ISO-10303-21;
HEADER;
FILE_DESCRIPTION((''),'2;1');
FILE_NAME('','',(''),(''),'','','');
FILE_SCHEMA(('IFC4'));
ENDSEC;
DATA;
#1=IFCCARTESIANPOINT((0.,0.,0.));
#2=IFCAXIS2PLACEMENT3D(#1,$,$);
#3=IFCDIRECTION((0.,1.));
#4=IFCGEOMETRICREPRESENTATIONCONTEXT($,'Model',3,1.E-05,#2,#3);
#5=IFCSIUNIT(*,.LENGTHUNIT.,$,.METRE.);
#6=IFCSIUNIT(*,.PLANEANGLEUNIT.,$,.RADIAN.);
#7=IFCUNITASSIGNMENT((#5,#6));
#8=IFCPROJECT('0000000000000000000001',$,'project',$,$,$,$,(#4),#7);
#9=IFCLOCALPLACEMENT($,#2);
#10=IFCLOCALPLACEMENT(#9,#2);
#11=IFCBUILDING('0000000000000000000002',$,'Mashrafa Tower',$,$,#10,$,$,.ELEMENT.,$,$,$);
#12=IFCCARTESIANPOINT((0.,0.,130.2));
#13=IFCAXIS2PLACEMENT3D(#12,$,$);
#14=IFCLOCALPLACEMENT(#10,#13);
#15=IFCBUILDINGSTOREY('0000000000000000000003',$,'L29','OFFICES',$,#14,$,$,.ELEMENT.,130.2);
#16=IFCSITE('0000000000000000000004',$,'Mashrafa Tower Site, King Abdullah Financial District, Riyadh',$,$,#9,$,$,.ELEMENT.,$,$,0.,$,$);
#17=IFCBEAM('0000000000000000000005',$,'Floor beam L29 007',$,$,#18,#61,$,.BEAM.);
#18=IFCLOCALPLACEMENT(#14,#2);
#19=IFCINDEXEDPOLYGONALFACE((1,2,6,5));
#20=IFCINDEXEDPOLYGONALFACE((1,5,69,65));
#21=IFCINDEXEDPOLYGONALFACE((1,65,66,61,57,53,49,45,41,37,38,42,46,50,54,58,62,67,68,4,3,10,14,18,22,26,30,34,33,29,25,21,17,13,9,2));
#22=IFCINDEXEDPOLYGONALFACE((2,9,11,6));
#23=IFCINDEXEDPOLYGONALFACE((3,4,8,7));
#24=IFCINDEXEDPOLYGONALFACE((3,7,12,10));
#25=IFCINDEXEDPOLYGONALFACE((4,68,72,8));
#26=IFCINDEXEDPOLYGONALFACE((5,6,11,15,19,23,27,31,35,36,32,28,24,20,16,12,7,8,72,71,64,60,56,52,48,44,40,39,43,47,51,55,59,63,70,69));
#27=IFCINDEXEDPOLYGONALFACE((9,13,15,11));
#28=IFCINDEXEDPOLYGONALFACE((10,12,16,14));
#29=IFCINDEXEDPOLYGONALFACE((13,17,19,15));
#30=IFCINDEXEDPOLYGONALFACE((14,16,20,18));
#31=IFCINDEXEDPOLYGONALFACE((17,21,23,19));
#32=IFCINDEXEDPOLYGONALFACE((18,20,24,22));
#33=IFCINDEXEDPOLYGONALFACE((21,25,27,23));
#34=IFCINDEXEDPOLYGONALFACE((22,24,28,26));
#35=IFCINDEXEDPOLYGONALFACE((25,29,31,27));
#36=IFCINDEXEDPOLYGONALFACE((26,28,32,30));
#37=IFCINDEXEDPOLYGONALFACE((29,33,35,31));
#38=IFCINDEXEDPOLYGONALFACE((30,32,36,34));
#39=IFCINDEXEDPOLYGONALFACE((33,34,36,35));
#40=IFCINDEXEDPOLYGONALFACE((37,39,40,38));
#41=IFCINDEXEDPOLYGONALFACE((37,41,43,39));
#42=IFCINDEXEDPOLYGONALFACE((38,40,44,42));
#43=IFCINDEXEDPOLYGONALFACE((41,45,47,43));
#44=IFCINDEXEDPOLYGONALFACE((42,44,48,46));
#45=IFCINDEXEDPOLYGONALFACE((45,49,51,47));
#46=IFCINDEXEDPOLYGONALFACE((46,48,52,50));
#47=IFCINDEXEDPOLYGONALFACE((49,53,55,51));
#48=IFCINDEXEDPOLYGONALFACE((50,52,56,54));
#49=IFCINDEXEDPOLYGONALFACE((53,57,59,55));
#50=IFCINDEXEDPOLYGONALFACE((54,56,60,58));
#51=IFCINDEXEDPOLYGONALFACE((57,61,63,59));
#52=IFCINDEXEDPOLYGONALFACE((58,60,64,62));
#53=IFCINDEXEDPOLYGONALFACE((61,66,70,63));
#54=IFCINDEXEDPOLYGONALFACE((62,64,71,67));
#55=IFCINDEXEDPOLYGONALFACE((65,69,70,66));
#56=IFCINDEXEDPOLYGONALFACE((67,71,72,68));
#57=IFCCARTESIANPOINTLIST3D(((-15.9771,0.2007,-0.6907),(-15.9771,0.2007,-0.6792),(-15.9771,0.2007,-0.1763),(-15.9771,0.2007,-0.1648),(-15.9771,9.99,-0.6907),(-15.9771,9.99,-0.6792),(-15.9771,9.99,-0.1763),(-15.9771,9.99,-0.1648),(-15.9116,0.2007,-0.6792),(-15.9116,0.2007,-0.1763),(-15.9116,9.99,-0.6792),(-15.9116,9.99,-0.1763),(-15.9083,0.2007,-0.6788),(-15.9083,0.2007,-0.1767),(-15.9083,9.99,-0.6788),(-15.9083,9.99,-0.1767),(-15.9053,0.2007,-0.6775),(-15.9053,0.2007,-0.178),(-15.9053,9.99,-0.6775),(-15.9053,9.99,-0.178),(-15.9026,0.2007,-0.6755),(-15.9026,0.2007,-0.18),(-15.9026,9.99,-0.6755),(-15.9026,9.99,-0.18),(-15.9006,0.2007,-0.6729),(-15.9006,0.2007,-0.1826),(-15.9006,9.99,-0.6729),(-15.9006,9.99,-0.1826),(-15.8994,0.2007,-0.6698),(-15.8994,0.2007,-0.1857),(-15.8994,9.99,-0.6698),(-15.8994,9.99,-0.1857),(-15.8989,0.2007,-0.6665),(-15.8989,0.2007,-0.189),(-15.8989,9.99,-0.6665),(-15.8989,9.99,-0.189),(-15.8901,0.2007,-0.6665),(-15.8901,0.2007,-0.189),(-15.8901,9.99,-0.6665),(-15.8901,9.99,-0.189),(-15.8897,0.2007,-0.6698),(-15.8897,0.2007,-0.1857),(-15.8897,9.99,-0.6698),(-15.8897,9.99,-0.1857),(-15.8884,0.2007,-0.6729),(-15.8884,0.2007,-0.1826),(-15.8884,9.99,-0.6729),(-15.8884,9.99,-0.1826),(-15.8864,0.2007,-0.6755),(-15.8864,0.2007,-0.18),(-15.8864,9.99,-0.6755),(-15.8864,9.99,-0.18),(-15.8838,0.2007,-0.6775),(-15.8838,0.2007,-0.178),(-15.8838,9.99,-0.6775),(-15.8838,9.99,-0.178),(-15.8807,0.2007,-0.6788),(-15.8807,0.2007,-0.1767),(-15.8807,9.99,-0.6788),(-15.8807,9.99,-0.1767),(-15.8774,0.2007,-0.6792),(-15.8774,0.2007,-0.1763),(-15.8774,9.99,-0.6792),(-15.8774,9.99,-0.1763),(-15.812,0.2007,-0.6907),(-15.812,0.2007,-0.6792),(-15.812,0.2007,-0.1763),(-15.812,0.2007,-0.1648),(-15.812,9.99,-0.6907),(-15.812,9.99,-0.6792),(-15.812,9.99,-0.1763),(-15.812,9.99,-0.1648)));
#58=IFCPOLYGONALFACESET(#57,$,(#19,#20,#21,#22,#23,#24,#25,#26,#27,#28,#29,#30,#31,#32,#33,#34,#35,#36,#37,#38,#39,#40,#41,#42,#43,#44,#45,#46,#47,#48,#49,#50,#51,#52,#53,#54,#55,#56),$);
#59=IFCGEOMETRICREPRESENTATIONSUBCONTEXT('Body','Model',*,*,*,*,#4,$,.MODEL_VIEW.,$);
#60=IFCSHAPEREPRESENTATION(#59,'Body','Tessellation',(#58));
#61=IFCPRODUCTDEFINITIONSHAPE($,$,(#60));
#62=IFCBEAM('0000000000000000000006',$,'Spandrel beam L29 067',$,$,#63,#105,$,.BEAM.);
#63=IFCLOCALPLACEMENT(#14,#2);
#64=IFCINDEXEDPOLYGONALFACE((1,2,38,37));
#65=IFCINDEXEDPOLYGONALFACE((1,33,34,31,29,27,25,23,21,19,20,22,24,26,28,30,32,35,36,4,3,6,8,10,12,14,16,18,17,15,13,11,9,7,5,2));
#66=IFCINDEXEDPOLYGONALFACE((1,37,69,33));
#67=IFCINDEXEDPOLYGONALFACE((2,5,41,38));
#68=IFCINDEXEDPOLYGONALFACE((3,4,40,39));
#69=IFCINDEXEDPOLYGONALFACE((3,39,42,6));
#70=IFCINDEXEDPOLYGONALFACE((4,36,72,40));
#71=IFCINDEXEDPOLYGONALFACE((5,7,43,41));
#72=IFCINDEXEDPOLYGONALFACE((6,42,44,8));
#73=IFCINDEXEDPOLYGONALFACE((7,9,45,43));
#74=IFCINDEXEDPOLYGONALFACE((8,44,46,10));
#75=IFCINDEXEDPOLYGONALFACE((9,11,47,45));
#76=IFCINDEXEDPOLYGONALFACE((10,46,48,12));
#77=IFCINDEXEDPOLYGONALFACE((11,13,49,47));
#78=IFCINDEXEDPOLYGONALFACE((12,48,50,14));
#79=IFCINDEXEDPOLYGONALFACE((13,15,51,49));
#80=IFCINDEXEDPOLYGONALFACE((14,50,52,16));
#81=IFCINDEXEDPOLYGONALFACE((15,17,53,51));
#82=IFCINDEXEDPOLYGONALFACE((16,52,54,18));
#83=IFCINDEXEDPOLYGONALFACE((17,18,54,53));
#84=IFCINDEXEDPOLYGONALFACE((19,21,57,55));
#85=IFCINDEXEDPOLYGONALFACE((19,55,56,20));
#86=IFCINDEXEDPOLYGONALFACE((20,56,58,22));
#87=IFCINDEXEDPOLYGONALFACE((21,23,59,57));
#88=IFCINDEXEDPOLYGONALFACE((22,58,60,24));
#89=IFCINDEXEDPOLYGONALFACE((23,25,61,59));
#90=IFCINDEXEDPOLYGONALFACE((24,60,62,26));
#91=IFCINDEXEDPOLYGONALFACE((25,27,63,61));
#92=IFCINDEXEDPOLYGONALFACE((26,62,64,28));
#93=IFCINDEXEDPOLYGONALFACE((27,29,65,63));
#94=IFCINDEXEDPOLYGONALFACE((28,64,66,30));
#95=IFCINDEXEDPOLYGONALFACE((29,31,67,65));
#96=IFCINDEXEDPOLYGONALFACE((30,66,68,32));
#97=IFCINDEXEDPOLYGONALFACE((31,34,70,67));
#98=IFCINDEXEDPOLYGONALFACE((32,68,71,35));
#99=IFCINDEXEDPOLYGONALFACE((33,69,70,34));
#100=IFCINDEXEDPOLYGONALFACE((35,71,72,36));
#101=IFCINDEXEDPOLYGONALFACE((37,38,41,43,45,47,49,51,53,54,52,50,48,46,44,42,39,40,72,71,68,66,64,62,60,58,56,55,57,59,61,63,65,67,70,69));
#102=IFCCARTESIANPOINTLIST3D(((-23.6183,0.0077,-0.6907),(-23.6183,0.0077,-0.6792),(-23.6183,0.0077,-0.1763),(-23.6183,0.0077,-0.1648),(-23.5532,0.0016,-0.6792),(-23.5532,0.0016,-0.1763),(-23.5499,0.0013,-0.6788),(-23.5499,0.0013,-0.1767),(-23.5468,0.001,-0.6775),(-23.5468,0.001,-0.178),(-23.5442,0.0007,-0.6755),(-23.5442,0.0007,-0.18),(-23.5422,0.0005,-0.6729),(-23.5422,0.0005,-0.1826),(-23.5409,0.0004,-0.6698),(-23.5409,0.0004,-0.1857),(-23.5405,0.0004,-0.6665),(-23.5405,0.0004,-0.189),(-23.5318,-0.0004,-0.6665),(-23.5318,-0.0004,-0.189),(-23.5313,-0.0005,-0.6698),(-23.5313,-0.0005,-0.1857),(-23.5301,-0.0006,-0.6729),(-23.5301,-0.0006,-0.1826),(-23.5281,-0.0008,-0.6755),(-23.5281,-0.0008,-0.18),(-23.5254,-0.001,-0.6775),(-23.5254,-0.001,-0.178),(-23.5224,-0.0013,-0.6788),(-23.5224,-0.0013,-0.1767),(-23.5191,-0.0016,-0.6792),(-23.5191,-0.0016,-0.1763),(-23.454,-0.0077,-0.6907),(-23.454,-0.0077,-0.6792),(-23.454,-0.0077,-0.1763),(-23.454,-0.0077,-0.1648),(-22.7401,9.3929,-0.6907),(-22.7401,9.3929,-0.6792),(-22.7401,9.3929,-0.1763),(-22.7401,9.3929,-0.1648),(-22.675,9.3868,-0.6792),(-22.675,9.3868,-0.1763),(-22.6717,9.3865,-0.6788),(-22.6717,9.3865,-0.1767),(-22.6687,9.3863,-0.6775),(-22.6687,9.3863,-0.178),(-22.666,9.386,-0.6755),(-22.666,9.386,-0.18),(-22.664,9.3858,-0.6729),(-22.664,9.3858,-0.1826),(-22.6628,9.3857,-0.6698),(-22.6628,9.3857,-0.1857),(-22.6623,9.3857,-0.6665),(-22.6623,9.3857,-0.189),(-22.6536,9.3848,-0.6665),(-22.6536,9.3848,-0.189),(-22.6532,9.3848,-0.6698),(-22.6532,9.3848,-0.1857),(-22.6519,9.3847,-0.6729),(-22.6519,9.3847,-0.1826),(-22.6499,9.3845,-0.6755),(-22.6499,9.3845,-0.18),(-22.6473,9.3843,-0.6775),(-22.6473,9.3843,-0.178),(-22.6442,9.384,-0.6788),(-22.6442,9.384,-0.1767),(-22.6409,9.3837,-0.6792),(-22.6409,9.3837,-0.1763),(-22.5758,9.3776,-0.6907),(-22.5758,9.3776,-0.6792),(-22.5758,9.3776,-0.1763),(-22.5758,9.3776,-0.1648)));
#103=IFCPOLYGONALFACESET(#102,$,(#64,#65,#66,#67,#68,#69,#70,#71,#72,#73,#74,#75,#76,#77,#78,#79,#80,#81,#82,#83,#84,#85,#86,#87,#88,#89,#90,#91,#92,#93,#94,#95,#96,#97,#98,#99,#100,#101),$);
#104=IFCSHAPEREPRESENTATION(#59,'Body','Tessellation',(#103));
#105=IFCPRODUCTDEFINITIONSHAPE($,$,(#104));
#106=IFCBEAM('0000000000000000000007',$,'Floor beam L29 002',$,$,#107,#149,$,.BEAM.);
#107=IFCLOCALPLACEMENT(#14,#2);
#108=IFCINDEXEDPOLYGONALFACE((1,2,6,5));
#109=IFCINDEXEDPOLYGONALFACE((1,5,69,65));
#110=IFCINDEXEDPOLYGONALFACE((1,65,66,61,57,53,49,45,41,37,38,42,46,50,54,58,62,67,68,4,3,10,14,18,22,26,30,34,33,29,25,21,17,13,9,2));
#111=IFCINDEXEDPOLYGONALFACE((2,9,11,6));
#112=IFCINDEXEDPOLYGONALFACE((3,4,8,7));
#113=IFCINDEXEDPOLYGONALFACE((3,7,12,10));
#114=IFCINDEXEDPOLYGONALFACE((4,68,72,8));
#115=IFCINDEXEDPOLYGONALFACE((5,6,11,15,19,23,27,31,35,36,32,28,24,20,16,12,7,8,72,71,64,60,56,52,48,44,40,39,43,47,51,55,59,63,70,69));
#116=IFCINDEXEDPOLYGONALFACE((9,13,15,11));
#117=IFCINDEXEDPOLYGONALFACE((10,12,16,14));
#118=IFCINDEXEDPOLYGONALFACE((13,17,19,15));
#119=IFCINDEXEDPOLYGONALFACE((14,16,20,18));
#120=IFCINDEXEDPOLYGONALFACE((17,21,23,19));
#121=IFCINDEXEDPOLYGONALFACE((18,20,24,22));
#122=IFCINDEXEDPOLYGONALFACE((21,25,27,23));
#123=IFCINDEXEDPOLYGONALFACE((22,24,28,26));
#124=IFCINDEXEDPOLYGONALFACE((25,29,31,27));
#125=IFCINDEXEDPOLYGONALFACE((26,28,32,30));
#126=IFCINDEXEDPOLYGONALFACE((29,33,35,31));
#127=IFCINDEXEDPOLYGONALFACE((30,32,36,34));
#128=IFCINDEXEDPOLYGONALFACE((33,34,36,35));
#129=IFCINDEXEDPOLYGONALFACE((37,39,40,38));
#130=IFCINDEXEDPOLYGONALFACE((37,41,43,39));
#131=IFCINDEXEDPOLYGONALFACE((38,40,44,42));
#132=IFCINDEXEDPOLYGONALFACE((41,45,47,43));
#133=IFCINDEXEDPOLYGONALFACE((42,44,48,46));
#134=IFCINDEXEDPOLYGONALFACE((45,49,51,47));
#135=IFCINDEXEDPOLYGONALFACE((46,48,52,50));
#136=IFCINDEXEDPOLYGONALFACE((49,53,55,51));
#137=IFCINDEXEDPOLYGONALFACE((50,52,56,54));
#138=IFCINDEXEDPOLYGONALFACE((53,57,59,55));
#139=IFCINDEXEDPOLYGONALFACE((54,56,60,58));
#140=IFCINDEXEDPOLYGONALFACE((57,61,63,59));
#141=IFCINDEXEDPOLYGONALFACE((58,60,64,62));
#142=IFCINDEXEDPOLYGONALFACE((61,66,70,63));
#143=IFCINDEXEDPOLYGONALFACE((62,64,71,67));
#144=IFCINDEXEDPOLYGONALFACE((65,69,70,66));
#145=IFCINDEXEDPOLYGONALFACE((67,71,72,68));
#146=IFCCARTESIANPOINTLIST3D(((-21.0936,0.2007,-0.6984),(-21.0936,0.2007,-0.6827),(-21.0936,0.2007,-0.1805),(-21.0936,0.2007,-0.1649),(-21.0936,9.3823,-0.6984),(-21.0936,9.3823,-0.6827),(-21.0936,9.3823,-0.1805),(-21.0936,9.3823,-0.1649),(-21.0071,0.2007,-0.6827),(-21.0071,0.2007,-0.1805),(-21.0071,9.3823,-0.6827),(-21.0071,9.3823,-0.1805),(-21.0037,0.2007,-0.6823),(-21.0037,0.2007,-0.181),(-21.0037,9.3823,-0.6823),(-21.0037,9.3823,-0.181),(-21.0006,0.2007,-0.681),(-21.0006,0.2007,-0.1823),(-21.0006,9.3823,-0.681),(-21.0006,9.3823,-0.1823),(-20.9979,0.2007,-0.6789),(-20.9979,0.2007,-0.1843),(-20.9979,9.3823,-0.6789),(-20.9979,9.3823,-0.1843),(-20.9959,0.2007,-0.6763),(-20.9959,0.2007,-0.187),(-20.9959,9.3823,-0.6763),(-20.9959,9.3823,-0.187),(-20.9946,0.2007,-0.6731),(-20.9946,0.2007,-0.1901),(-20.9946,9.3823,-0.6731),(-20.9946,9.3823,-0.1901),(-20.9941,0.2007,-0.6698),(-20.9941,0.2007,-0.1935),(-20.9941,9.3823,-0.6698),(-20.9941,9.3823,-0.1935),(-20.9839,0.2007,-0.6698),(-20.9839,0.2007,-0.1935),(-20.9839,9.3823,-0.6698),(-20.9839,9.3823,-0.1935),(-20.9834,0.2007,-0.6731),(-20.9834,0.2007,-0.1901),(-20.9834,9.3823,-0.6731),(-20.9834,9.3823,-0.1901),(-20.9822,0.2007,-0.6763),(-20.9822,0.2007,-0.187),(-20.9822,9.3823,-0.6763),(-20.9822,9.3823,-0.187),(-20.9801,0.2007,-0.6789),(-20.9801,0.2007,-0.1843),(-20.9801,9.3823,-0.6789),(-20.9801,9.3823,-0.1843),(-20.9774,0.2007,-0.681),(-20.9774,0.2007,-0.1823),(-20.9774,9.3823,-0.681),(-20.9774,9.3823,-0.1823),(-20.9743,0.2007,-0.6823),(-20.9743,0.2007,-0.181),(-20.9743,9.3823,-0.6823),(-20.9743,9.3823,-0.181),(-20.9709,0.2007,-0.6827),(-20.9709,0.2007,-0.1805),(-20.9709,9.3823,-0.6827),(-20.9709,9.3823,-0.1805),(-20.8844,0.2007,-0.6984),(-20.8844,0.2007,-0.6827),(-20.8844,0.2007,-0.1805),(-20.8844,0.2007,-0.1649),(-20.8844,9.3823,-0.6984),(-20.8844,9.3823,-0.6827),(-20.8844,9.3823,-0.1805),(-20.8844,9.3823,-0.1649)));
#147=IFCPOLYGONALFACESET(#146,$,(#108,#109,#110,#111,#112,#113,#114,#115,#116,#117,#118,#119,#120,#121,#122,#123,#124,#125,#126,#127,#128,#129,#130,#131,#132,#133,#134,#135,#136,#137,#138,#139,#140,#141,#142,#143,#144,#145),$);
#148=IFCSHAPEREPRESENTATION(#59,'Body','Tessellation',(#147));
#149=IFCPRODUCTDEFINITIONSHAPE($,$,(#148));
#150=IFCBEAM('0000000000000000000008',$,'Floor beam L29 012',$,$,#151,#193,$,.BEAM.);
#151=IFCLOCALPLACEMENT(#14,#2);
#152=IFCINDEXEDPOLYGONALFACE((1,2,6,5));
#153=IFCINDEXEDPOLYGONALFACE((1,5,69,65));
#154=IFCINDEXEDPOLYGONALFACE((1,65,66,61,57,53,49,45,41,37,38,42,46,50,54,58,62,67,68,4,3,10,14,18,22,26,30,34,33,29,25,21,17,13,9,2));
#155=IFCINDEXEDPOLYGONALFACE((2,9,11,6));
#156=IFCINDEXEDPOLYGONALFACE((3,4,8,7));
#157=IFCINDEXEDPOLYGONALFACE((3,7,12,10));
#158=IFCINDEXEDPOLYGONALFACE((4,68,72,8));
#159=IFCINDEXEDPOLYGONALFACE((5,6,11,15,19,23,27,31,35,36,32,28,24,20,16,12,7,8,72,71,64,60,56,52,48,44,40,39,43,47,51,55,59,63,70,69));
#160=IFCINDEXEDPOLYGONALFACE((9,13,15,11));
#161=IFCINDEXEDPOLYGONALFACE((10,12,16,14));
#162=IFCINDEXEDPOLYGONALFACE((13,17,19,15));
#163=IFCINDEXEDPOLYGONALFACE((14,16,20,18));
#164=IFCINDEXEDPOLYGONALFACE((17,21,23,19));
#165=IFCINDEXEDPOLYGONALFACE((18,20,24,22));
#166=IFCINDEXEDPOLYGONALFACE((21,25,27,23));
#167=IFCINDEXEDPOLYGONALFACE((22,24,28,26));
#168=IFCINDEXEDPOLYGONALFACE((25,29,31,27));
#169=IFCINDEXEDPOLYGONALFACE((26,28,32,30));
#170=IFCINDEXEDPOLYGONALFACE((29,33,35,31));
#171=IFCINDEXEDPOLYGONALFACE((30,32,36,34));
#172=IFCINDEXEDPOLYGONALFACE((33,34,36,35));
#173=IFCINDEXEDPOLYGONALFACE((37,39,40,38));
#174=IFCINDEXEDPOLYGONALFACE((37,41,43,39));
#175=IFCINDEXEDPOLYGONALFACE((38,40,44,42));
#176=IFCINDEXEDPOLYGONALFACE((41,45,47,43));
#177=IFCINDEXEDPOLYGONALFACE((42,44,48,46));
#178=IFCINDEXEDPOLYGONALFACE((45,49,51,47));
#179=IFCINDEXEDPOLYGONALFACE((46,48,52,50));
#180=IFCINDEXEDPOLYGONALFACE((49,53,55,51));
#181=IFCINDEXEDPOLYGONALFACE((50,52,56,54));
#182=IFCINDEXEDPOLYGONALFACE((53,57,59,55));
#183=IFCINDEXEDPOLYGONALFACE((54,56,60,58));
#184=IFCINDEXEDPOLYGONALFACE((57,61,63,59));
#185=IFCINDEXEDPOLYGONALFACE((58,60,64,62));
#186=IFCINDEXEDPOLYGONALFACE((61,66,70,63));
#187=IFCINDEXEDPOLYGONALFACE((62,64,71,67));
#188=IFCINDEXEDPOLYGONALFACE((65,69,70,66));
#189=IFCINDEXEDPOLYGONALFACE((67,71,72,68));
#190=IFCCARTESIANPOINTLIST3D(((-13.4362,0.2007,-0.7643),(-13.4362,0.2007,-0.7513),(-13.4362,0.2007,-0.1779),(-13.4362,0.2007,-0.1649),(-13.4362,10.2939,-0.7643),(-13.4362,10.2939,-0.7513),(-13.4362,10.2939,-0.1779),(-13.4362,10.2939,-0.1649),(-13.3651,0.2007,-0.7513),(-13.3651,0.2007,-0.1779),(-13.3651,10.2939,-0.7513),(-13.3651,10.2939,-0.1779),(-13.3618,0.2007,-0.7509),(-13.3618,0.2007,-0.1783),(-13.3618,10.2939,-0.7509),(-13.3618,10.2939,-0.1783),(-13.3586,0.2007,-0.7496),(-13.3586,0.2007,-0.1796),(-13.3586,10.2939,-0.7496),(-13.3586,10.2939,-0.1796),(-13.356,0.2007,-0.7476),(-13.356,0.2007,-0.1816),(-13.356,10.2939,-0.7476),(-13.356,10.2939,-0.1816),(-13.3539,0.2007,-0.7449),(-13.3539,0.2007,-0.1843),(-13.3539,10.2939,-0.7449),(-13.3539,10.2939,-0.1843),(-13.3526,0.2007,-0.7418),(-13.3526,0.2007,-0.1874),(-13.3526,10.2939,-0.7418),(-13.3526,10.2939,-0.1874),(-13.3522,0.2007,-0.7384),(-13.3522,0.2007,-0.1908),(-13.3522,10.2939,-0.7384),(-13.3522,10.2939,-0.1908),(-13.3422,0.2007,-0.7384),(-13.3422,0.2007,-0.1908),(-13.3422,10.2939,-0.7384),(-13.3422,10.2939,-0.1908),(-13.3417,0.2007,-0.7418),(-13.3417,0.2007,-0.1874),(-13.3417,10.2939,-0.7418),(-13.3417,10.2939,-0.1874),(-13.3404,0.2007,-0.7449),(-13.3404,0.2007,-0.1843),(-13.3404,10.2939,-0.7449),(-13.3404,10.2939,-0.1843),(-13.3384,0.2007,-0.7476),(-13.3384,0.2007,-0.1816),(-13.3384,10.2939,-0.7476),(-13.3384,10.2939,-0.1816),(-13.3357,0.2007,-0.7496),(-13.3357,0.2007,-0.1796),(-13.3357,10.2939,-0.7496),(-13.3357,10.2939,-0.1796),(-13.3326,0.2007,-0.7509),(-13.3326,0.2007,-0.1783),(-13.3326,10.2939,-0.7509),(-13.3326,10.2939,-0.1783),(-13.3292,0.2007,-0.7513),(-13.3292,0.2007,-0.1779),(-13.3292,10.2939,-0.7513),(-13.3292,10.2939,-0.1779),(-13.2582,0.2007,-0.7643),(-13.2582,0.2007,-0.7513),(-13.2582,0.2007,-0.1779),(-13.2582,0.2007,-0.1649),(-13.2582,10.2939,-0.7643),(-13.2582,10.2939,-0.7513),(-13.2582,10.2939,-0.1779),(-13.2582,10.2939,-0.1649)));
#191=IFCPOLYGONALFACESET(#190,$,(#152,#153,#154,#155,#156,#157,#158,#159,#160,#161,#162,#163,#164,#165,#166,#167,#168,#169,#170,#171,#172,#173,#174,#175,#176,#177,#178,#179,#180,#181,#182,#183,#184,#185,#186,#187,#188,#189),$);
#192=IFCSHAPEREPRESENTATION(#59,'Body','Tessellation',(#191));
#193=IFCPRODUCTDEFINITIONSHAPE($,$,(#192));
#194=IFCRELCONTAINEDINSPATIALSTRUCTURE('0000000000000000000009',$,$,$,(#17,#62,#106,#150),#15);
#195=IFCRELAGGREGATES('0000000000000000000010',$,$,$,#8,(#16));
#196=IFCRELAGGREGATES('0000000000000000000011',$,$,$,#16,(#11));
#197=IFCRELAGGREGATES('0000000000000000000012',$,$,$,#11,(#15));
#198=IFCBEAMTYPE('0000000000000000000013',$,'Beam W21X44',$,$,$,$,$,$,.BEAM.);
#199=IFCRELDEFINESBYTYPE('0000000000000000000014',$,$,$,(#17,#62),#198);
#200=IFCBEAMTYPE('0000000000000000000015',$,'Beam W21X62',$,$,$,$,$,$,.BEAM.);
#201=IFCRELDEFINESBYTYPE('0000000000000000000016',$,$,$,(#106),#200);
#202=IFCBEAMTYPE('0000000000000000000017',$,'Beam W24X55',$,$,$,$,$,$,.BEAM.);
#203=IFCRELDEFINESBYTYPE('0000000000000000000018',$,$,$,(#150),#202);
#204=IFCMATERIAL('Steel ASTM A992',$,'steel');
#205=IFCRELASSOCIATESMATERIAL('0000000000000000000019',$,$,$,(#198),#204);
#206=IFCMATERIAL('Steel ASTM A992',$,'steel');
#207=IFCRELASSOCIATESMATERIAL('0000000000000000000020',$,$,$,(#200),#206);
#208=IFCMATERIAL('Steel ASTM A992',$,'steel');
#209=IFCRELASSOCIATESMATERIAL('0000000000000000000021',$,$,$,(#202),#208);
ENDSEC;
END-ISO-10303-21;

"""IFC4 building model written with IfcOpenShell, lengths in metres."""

from ifc_helpers import new_model, si_unit, direction, frame, origin, origin_2d, place, context, subcontext, project, spatial, i_section, extrude, material, material_profile, profile_set, type_object, element, save


model = new_model("IFC4")

# Units and contexts
model_context = context("Model", 3, precision=1e-05, world=origin(), true_north=direction((0.0, 1.0)))
body_context = subcontext(model_context, "Body", "Model", "MODEL_VIEW")
ifc_project = project(units=[si_unit("LENGTHUNIT", "METRE"), si_unit("PLANEANGLEUNIT", "RADIAN")], contexts=[model_context])

# Site, building, storey
site_placement = place(None, origin())
site = spatial("IfcSite", under=ifc_project, at=site_placement, Name="Mashrafa Tower Site, King Abdullah Financial District, Riyadh", CompositionType="ELEMENT", RefElevation=0.0)
building_placement = place(site_placement, origin())
building = spatial("IfcBuilding", under=site, at=building_placement, Name="Mashrafa Tower", CompositionType="ELEMENT")
storey_placement = place(building_placement, frame((0.0, 0.0, 130.2)))
storey = spatial("IfcBuildingStorey", under=building, at=storey_placement, Name="L29", Description="OFFICES", CompositionType="ELEMENT", Elevation=130.2)

# Beams
ifc_material_1 = material(Name="Steel ASTM A992", Category="steel")
ifc_material_profile_1 = material_profile(ifc_material_1, i_section(OverallWidth=0.165, OverallDepth=0.5259, WebThickness=0.0088, FlangeThickness=0.0115, FilletRadius=0.0127, at=origin_2d()), Name="W21X44")
ifc_profile_set_1 = profile_set([ifc_material_profile_1], Name="Steel ASTM A992")
beam_type_1 = type_object("IfcBeamType", Name="Beam W21X44", PredefinedType="BEAM", material=ifc_profile_set_1)
beam_1_placement = place(storey_placement, frame((-15.8945, 0.2007, -0.4277), z_axis=(0.0, 1.0, 0.0), x_axis=(-1.0, 0.0, 0.0)))
element("IfcBeam", 1, at=beam_1_placement, inside=storey, type_object=beam_type_1, Name="Floor beam L29 007", PredefinedType="BEAM", context=body_context, shape_type="SweptSolid", body=[
    extrude(i_section(OverallWidth=0.165, OverallDepth=0.5259, WebThickness=0.0088, FlangeThickness=0.0115, FilletRadius=0.0127, at=origin_2d()), origin(), (0.0, 0.0, 1.0), 9.7893),
])
beam_2_placement = place(storey_placement, frame((-22.658, 9.3853, -0.4277), z_axis=(-0.093163, -0.995651, 0.0), x_axis=(0.995651, -0.093163, 0.0)))
element("IfcBeam", 2, at=beam_2_placement, inside=storey, type_object=beam_type_1, Name="Spandrel beam L29 067", PredefinedType="BEAM", context=body_context, shape_type="SweptSolid", body=[
    extrude(i_section(OverallWidth=0.165, OverallDepth=0.5259, WebThickness=0.0088, FlangeThickness=0.0115, FilletRadius=0.0127, at=origin_2d()), origin(), (0.0, 0.0, 1.0), 9.4263),
])
ifc_material_2 = material(Name="Steel ASTM A992", Category="steel")
ifc_material_profile_2 = material_profile(ifc_material_2, i_section(OverallWidth=0.2092, OverallDepth=0.5334, WebThickness=0.0103, FlangeThickness=0.0156, FilletRadius=0.0129, at=origin_2d()), Name="W21X62")
ifc_profile_set_2 = profile_set([ifc_material_profile_2], Name="Steel ASTM A992")
beam_type_2 = type_object("IfcBeamType", Name="Beam W21X62", PredefinedType="BEAM", material=ifc_profile_set_2)
beam_3_placement = place(storey_placement, frame((-20.989, 0.2007, -0.4316), z_axis=(0.0, 1.0, 0.0), x_axis=(-1.0, 0.0, 0.0)))
element("IfcBeam", 3, at=beam_3_placement, inside=storey, type_object=beam_type_2, Name="Floor beam L29 002", PredefinedType="BEAM", context=body_context, shape_type="SweptSolid", body=[
    extrude(i_section(OverallWidth=0.2092, OverallDepth=0.5334, WebThickness=0.0103, FlangeThickness=0.0156, FilletRadius=0.0129, at=origin_2d()), origin(), (0.0, 0.0, 1.0), 9.1816),
])
ifc_material_3 = material(Name="Steel ASTM A992", Category="steel")
ifc_material_profile_3 = material_profile(ifc_material_3, i_section(OverallWidth=0.178, OverallDepth=0.5994, WebThickness=0.01, FlangeThickness=0.0129, FilletRadius=0.0129, at=origin_2d()), Name="W24X55")
ifc_profile_set_3 = profile_set([ifc_material_profile_3], Name="Steel ASTM A992")
beam_type_3 = type_object("IfcBeamType", Name="Beam W24X55", PredefinedType="BEAM", material=ifc_profile_set_3)
beam_4_placement = place(storey_placement, frame((-13.3472, 0.2007, -0.4646), z_axis=(0.0, 1.0, 0.0), x_axis=(-1.0, 0.0, 0.0)))
element("IfcBeam", 4, at=beam_4_placement, inside=storey, type_object=beam_type_3, Name="Floor beam L29 012", PredefinedType="BEAM", context=body_context, shape_type="SweptSolid", body=[
    extrude(i_section(OverallWidth=0.178, OverallDepth=0.5994, WebThickness=0.01, FlangeThickness=0.0129, FilletRadius=0.0129, at=origin_2d()), origin(), (0.0, 0.0, 1.0), 10.0933),
])

save(model, "model.ifc")
